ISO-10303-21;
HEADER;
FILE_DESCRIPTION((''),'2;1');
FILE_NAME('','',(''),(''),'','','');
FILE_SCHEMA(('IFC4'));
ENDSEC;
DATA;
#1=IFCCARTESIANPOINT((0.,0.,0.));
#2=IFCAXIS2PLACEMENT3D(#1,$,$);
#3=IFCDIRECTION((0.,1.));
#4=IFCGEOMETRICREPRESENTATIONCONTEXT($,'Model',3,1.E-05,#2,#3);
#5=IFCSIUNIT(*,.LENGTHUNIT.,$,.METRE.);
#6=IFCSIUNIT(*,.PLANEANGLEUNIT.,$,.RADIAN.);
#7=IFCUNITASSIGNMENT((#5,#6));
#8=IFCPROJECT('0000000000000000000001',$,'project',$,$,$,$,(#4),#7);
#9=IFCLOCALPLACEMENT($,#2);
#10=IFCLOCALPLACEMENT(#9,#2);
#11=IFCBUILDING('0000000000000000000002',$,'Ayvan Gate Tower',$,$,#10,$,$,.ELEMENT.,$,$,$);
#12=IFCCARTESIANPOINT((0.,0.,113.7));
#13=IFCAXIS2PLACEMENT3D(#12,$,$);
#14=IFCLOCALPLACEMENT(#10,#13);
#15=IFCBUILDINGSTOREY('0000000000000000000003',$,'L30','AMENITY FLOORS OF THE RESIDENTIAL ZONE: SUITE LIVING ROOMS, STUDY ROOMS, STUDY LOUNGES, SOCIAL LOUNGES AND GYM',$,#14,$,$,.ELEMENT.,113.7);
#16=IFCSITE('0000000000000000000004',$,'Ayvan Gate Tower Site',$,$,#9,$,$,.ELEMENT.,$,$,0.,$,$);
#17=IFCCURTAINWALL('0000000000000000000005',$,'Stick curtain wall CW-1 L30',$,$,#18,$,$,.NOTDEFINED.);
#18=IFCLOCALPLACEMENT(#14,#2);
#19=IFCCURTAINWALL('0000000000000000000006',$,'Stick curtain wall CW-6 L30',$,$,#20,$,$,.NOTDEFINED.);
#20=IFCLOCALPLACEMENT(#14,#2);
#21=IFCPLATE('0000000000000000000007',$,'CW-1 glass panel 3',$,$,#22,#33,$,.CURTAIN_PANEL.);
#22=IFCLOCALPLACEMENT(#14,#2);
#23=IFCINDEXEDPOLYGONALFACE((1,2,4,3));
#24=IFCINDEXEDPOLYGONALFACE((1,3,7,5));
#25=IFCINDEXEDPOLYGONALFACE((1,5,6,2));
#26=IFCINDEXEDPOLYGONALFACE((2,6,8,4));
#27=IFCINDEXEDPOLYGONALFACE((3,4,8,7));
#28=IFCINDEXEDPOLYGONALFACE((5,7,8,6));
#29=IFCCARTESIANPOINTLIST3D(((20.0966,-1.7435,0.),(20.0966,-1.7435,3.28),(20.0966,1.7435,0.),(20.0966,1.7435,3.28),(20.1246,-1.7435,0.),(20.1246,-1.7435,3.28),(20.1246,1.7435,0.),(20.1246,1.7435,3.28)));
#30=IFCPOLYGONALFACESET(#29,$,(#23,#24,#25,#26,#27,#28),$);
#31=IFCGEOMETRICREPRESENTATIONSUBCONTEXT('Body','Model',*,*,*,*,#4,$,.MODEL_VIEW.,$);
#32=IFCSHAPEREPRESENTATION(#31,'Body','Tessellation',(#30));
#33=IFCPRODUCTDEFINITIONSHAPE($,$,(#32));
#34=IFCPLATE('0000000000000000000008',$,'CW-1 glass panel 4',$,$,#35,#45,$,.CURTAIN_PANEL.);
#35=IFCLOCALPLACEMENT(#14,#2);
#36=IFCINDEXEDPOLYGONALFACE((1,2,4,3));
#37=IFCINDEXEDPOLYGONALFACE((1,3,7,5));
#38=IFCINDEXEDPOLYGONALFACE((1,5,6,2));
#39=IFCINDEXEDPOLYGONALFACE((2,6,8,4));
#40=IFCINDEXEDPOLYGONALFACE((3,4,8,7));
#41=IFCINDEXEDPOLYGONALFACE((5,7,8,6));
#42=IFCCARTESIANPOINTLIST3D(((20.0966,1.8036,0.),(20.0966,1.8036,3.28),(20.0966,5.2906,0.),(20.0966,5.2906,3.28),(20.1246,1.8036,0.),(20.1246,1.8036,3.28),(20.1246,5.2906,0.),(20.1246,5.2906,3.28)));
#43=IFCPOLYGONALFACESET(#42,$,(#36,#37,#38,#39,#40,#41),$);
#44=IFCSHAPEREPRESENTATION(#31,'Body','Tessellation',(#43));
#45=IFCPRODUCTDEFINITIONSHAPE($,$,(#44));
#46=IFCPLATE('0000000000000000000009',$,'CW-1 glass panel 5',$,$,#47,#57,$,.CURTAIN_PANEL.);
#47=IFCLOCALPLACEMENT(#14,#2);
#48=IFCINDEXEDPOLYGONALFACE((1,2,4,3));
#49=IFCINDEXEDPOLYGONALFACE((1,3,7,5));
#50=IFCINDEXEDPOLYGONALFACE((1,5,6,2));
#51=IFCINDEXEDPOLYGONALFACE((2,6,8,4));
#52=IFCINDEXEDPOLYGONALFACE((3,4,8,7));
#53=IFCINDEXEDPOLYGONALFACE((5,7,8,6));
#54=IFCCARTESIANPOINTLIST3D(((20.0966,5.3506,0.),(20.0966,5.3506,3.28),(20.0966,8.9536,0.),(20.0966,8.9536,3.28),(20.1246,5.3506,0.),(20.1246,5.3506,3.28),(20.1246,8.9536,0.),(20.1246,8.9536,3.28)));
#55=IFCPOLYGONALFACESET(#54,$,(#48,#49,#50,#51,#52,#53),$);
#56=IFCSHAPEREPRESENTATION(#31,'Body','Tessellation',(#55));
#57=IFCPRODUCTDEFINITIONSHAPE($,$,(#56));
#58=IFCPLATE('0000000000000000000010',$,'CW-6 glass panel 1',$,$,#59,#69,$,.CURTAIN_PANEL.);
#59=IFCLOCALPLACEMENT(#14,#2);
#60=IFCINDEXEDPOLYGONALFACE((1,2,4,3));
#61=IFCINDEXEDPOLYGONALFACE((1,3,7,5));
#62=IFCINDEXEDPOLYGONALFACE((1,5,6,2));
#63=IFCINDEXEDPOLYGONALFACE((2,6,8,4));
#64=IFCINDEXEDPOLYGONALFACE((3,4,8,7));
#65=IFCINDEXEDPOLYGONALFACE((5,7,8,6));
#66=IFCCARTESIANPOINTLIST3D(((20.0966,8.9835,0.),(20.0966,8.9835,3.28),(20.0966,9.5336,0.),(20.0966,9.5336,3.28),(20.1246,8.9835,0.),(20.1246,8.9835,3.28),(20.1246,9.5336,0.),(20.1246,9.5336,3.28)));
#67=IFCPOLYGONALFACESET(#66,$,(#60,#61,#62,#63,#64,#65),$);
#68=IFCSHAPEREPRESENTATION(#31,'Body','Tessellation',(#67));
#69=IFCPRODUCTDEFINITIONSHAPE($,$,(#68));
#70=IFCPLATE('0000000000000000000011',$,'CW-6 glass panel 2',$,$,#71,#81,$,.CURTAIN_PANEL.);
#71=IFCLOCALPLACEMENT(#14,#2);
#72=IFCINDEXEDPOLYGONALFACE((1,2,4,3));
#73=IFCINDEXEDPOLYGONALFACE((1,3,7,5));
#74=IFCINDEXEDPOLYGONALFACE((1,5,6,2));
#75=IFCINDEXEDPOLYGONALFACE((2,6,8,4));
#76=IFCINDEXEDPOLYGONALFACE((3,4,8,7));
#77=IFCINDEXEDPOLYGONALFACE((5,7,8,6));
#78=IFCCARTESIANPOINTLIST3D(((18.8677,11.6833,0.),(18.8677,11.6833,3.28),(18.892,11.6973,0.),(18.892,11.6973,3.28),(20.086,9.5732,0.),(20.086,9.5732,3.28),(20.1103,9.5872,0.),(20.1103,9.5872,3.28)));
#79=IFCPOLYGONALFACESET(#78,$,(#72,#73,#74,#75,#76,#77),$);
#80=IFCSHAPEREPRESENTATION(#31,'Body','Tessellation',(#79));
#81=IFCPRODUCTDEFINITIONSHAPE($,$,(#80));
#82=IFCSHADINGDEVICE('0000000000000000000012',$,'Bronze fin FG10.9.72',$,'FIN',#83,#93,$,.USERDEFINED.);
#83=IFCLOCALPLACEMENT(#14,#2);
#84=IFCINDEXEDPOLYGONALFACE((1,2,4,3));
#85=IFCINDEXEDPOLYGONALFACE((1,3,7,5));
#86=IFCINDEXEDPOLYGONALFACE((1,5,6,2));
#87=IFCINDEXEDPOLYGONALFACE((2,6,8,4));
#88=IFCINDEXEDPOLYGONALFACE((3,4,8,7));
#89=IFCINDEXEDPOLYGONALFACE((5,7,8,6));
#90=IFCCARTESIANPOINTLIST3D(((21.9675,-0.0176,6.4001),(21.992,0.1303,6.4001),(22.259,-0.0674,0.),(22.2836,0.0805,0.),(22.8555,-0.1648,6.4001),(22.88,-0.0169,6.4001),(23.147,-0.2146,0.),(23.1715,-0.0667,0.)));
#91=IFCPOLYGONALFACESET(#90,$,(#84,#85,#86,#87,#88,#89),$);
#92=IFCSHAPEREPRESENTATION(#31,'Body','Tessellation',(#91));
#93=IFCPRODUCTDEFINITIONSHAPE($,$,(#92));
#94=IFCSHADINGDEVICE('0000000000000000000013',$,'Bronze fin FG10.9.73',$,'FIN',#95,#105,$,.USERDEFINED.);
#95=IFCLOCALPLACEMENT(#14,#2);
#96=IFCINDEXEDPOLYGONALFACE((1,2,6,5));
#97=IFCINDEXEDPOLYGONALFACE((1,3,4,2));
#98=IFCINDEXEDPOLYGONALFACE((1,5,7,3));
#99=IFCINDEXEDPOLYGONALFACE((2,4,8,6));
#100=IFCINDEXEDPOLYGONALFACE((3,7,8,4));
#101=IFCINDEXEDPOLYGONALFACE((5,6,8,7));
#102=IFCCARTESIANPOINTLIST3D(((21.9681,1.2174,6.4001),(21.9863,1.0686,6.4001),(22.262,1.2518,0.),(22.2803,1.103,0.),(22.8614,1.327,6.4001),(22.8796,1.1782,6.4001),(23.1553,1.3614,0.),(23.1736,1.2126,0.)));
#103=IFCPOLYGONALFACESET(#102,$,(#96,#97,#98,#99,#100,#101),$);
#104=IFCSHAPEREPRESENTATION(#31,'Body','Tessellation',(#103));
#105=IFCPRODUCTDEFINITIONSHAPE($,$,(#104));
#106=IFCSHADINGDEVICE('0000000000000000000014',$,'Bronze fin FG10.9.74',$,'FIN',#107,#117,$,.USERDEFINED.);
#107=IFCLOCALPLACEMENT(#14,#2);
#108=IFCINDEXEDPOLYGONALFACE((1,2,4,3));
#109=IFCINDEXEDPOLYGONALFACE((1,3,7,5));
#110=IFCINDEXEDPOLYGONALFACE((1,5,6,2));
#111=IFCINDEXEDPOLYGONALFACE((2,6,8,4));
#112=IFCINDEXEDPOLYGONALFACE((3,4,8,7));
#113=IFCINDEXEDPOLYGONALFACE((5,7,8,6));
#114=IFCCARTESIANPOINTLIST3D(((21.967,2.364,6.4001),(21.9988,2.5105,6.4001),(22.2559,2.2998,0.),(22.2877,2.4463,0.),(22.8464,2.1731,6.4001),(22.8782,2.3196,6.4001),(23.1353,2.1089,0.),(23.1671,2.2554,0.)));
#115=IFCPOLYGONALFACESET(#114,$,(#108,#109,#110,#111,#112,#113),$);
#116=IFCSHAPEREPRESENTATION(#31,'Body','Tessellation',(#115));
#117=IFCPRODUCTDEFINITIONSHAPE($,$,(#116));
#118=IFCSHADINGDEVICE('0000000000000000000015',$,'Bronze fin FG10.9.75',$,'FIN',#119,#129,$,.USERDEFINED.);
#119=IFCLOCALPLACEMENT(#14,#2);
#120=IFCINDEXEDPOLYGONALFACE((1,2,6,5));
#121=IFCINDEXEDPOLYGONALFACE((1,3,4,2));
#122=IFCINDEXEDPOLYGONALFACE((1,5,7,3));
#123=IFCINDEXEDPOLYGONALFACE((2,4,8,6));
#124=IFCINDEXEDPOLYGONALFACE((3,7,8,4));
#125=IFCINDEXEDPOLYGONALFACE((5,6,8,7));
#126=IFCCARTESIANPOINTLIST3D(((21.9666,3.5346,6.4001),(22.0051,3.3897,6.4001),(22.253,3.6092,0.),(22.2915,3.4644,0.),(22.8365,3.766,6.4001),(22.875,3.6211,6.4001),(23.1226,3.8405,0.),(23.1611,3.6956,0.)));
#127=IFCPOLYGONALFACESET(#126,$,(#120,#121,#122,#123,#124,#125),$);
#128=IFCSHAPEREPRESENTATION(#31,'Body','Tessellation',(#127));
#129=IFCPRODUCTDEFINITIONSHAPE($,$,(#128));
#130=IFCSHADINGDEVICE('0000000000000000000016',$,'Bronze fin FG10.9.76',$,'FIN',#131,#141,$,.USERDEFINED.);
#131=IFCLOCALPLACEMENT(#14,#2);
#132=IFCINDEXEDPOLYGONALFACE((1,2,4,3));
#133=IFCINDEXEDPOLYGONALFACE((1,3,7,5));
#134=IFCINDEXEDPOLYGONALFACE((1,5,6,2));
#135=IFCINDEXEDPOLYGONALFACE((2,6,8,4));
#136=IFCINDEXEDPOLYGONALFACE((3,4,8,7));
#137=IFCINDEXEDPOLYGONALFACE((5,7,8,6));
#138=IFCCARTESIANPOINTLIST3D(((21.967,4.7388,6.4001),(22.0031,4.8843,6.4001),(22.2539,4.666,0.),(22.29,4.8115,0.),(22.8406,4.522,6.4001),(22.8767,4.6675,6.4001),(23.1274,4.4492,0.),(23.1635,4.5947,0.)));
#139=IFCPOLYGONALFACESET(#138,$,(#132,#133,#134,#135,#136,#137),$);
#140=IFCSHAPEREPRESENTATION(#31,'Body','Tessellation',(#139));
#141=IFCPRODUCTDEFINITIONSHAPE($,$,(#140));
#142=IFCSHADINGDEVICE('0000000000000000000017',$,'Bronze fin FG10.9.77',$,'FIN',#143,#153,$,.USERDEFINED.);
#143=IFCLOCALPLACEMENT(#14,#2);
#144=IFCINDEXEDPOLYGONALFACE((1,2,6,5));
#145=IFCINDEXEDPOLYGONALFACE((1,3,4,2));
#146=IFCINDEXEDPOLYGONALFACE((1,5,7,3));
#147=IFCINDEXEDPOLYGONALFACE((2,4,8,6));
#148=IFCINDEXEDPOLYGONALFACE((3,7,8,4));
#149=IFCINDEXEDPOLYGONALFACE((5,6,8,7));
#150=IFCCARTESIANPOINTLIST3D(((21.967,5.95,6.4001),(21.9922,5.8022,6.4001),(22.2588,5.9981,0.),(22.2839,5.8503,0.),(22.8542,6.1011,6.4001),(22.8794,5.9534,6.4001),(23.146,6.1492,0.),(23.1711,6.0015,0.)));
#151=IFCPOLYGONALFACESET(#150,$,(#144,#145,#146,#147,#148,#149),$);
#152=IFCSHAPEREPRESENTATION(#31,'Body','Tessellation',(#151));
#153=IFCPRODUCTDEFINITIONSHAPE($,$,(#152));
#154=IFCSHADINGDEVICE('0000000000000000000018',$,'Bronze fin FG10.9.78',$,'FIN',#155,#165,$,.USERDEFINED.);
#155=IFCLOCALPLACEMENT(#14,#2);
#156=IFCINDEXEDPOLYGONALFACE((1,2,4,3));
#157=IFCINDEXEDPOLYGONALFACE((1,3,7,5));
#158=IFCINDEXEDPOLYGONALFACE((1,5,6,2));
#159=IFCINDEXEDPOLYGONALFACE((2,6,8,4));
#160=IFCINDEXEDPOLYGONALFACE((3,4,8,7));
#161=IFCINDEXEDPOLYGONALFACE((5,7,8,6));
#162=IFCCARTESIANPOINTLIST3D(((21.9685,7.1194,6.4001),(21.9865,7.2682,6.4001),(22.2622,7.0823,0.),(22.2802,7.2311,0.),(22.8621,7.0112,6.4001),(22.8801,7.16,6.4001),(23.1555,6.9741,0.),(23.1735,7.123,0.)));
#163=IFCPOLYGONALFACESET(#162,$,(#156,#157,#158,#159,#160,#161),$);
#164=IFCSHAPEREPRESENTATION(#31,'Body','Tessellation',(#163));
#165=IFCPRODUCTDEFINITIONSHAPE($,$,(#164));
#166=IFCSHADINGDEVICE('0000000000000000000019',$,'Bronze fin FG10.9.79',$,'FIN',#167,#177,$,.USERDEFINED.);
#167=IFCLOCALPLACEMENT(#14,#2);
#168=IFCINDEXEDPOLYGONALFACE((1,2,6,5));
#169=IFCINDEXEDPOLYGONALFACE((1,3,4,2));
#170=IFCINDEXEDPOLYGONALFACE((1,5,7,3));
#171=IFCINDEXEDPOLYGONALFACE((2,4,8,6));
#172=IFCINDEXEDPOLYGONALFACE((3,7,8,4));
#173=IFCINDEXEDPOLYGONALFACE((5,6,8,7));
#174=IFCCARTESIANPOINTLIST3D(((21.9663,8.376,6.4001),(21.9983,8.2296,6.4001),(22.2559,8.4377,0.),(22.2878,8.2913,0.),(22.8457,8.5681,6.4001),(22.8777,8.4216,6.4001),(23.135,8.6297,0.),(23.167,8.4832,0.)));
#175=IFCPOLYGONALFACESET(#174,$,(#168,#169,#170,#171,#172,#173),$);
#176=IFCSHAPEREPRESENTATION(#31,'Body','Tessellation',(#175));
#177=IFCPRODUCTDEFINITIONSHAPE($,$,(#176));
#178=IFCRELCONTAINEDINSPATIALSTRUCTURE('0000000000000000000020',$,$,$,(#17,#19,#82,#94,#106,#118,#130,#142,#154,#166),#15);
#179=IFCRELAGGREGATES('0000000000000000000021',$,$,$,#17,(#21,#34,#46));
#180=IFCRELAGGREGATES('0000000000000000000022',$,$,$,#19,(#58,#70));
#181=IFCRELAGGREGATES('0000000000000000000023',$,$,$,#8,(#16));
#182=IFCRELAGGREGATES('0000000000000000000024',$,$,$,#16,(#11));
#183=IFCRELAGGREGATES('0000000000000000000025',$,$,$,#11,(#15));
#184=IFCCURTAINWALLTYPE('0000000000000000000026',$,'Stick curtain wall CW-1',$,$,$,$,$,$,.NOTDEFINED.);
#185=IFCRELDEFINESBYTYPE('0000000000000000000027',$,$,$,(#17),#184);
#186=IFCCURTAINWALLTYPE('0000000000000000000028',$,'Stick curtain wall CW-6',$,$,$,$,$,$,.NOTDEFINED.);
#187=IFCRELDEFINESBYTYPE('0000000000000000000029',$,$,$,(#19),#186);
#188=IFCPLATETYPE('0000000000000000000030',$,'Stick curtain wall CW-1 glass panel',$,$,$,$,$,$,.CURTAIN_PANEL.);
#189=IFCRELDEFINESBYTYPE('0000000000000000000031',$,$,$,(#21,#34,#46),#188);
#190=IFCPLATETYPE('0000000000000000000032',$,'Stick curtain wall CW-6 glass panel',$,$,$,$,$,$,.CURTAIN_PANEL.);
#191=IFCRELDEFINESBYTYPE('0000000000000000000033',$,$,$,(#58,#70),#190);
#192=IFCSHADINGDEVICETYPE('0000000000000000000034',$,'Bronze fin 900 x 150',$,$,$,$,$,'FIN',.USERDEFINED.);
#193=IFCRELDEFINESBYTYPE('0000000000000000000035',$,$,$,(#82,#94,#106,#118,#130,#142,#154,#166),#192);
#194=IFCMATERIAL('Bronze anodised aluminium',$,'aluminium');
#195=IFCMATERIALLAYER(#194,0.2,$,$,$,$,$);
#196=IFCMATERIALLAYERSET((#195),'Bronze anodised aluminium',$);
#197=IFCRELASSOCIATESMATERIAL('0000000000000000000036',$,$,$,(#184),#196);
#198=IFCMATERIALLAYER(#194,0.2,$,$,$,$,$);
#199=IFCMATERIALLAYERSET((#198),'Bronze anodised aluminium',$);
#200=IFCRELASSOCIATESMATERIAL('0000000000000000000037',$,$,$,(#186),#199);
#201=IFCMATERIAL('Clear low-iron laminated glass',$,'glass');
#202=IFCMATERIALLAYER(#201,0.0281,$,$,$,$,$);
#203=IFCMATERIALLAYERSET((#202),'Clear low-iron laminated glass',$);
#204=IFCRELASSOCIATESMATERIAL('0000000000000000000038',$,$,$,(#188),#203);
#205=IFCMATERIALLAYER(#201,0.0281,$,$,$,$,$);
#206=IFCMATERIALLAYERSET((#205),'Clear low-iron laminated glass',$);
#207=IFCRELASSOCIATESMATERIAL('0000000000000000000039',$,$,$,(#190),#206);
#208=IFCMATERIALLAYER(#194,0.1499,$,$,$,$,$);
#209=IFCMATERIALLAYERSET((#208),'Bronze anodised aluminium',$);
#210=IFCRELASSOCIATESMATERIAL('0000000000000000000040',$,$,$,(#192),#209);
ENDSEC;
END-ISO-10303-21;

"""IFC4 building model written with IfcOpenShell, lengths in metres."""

from ifc_helpers import new_model, si_unit, direction, frame, origin, origin_2d, place, context, subcontext, project, spatial, polyline, rectangle, outline, extrude, material, layer, layer_set, type_object, element, aggregate, save


model = new_model("IFC4")

# Units and contexts
model_context = context("Model", 3, precision=1e-05, world=origin(), true_north=direction((0.0, 1.0)))
body_context = subcontext(model_context, "Body", "Model", "MODEL_VIEW")
ifc_project = project(units=[si_unit("LENGTHUNIT", "METRE"), si_unit("PLANEANGLEUNIT", "RADIAN")], contexts=[model_context])

# Site, building, storey
site_placement = place(None, origin())
site = spatial("IfcSite", under=ifc_project, at=site_placement, Name="Ayvan Gate Tower Site", CompositionType="ELEMENT", RefElevation=0.0)
building_placement = place(site_placement, origin())
building = spatial("IfcBuilding", under=site, at=building_placement, Name="Ayvan Gate Tower", CompositionType="ELEMENT")
storey_placement = place(building_placement, frame((0.0, 0.0, 113.7)))
storey = spatial("IfcBuildingStorey", under=building, at=storey_placement, Name="L30", Description="AMENITY FLOORS OF THE RESIDENTIAL ZONE: SUITE LIVING ROOMS, STUDY ROOMS, STUDY LOUNGES, SOCIAL LOUNGES AND GYM", CompositionType="ELEMENT", Elevation=113.7)

# Curtain walls
ifc_material_1 = material(Name="Bronze anodised aluminium", Category="aluminium")
ifc_layer_1 = layer(ifc_material_1, 0.2)
ifc_layer_set_1 = layer_set([ifc_layer_1], Name="Bronze anodised aluminium")
curtain_wall_type_1 = type_object("IfcCurtainWallType", Name="Stick curtain wall CW-1", PredefinedType="NOTDEFINED", material=ifc_layer_set_1)
curtain_wall_1_placement = place(storey_placement, origin())
curtain_wall_1 = element("IfcCurtainWall", 1, at=curtain_wall_1_placement, inside=storey, type_object=curtain_wall_type_1, Name="Stick curtain wall CW-1 L30", PredefinedType="NOTDEFINED")
ifc_layer_2 = layer(ifc_material_1, 0.2)
ifc_layer_set_2 = layer_set([ifc_layer_2], Name="Bronze anodised aluminium")
curtain_wall_type_2 = type_object("IfcCurtainWallType", Name="Stick curtain wall CW-6", PredefinedType="NOTDEFINED", material=ifc_layer_set_2)
curtain_wall_2_placement = place(storey_placement, origin())
curtain_wall_2 = element("IfcCurtainWall", 2, at=curtain_wall_2_placement, inside=storey, type_object=curtain_wall_type_2, Name="Stick curtain wall CW-6 L30", PredefinedType="NOTDEFINED")

# Plates
ifc_material_2 = material(Name="Clear low-iron laminated glass", Category="glass")
ifc_layer_3 = layer(ifc_material_2, 0.0281)
ifc_layer_set_3 = layer_set([ifc_layer_3], Name="Clear low-iron laminated glass")
plate_type_1 = type_object("IfcPlateType", Name="Stick curtain wall CW-1 glass panel", PredefinedType="CURTAIN_PANEL", material=ifc_layer_set_3)
plate_1_placement = place(storey_placement, frame((20.1106, 0.0, 0.0), z_axis=(0.0, 0.0, 1.0), x_axis=(0.0, 1.0, 0.0)))
plate_1 = element("IfcPlate", 3, at=plate_1_placement, type_object=plate_type_1, Name="CW-1 glass panel 3", PredefinedType="CURTAIN_PANEL", context=body_context, shape_type="SweptSolid", body=[
    extrude(rectangle(XDim=3.4871, YDim=0.0281, at=origin_2d()), origin(), (0.0, 0.0, 1.0), 3.28),
])
plate_2_placement = place(storey_placement, frame((20.1106, 3.5471, 0.0), z_axis=(0.0, 0.0, 1.0), x_axis=(0.0, 1.0, 0.0)))
plate_2 = element("IfcPlate", 4, at=plate_2_placement, type_object=plate_type_1, Name="CW-1 glass panel 4", PredefinedType="CURTAIN_PANEL", context=body_context, shape_type="SweptSolid", body=[
    extrude(rectangle(XDim=3.4871, YDim=0.0281, at=origin_2d()), origin(), (0.0, 0.0, 1.0), 3.28),
])
plate_3_placement = place(storey_placement, frame((20.1106, 7.1521, 0.0), z_axis=(0.0, 0.0, 1.0), x_axis=(0.0, 1.0, 0.0)))
plate_3 = element("IfcPlate", 5, at=plate_3_placement, type_object=plate_type_1, Name="CW-1 glass panel 5", PredefinedType="CURTAIN_PANEL", context=body_context, shape_type="SweptSolid", body=[
    extrude(rectangle(XDim=3.603, YDim=0.0281, at=origin_2d()), origin(), (0.0, 0.0, 1.0), 3.28),
])
aggregate(curtain_wall_1, [plate_1, plate_2, plate_3])
ifc_layer_4 = layer(ifc_material_2, 0.0281)
ifc_layer_set_4 = layer_set([ifc_layer_4], Name="Clear low-iron laminated glass")
plate_type_2 = type_object("IfcPlateType", Name="Stick curtain wall CW-6 glass panel", PredefinedType="CURTAIN_PANEL", material=ifc_layer_set_4)
plate_4_placement = place(storey_placement, frame((20.1106, 9.2585, 0.0), z_axis=(0.0, 0.0, 1.0), x_axis=(0.0, 1.0, 0.0)))
plate_4 = element("IfcPlate", 6, at=plate_4_placement, type_object=plate_type_2, Name="CW-6 glass panel 1", PredefinedType="CURTAIN_PANEL", context=body_context, shape_type="SweptSolid", body=[
    extrude(rectangle(XDim=0.55, YDim=0.0281, at=origin_2d()), origin(), (0.0, 0.0, 1.0), 3.28),
])
plate_5_placement = place(storey_placement, frame((19.489, 10.6353, 0.0), z_axis=(0.0, 0.0, 1.0), x_axis=(-0.5, 0.866025, 0.0)))
plate_5 = element("IfcPlate", 7, at=plate_5_placement, type_object=plate_type_2, Name="CW-6 glass panel 2", PredefinedType="CURTAIN_PANEL", context=body_context, shape_type="SweptSolid", body=[
    extrude(rectangle(XDim=2.4365, YDim=0.0281, at=origin_2d()), origin(), (0.0, 0.0, 1.0), 3.28),
])
aggregate(curtain_wall_2, [plate_4, plate_5])

# Shading devices
ifc_layer_5 = layer(ifc_material_1, 0.1499)
ifc_layer_set_5 = layer_set([ifc_layer_5], Name="Bronze anodised aluminium")
shading_device_type = type_object("IfcShadingDeviceType", Name="Bronze fin 900 x 150", ElementType="FIN", PredefinedType="USERDEFINED", material=ifc_layer_set_5)
shading_device_1_placement = place(storey_placement, frame((22.259, -0.0674, 0.0), z_axis=(-0.163563, -0.986533, 0.000227), x_axis=(0.986533, -0.163563, 0.0)))
element("IfcShadingDevice", 8, at=shading_device_1_placement, inside=storey, type_object=shading_device_type, Name="Bronze fin FG10.9.72", ObjectType="FIN", PredefinedType="USERDEFINED", context=body_context, shape_type="SweptSolid", body=[
    extrude(outline(polyline([(0.0, 0.0), (0.9001, 0.0), (0.6043, 6.4001), (-0.2957, 6.4001), (0.0, 0.0)])), origin(), (0.0, 0.0, -1.0), 0.1499),
])
shading_device_2_placement = place(storey_placement, frame((22.2803, 1.103, 0.0), z_axis=(0.121798, -0.992555, 0.000255), x_axis=(0.992555, 0.121798, 0.0)))
element("IfcShadingDevice", 9, at=shading_device_2_placement, inside=storey, type_object=shading_device_type, Name="Bronze fin FG10.9.73", ObjectType="FIN", PredefinedType="USERDEFINED", context=body_context, shape_type="SweptSolid", body=[
    extrude(outline(polyline([(0.0, 0.0), (0.9, 0.0), (0.6041, 6.4001), (-0.2959, 6.4001), (0.0, 0.0)])), origin(), (0.0, 0.0, -1.0), 0.1499),
])
shading_device_3_placement = place(storey_placement, frame((22.2559, 2.2998, 0.0), z_axis=(-0.212159, -0.977235, 0.00023), x_axis=(0.977235, -0.212159, 0.0)))
element("IfcShadingDevice", 10, at=shading_device_3_placement, inside=storey, type_object=shading_device_type, Name="Bronze fin FG10.9.74", ObjectType="FIN", PredefinedType="USERDEFINED", context=body_context, shape_type="SweptSolid", body=[
    extrude(outline(polyline([(0.0, 0.0), (0.8999, 0.0), (0.604, 6.4001), (-0.2959, 6.4001), (0.0, 0.0)])), origin(), (0.0, 0.0, -1.0), 0.1499),
])
shading_device_4_placement = place(storey_placement, frame((22.2915, 3.4644, 0.0), z_axis=(0.257029, -0.966404, 0.000234), x_axis=(0.966404, 0.257029, 0.0)))
element("IfcShadingDevice", 11, at=shading_device_4_placement, inside=storey, type_object=shading_device_type, Name="Bronze fin FG10.9.75", ObjectType="FIN", PredefinedType="USERDEFINED", context=body_context, shape_type="SweptSolid", body=[
    extrude(outline(polyline([(0.0, 0.0), (0.8998, 0.0), (0.6042, 6.4001), (-0.296, 6.4001), (0.0, 0.0)])), origin(), (0.0, 0.0, -1.0), 0.1499),
])
shading_device_5_placement = place(storey_placement, frame((22.2539, 4.666, 0.0), z_axis=(-0.240876, -0.970556, 0.000236), x_axis=(0.970556, -0.240876, 0.0)))
element("IfcShadingDevice", 12, at=shading_device_5_placement, inside=storey, type_object=shading_device_type, Name="Bronze fin FG10.9.76", ObjectType="FIN", PredefinedType="USERDEFINED", context=body_context, shape_type="SweptSolid", body=[
    extrude(outline(polyline([(0.0, 0.0), (0.9, 0.0), (0.6041, 6.4001), (-0.2959, 6.4001), (0.0, 0.0)])), origin(), (0.0, 0.0, -1.0), 0.1499),
])
shading_device_6_placement = place(storey_placement, frame((22.2839, 5.8503, 0.0), z_axis=(0.167917, -0.985801, 0.000246), x_axis=(0.985801, 0.167917, 0.0)))
element("IfcShadingDevice", 13, at=shading_device_6_placement, inside=storey, type_object=shading_device_type, Name="Bronze fin FG10.9.77", ObjectType="FIN", PredefinedType="USERDEFINED", context=body_context, shape_type="SweptSolid", body=[
    extrude(outline(polyline([(0.0, 0.0), (0.9, 0.0), (0.6043, 6.4001), (-0.2957, 6.4001), (0.0, 0.0)])), origin(), (0.0, 0.0, -1.0), 0.1499),
])
shading_device_7_placement = place(storey_placement, frame((22.2622, 7.0823, 0.0), z_axis=(-0.120177, -0.992752, 0.000244), x_axis=(0.992752, -0.120177, 0.0)))
element("IfcShadingDevice", 14, at=shading_device_7_placement, inside=storey, type_object=shading_device_type, Name="Bronze fin FG10.9.78", ObjectType="FIN", PredefinedType="USERDEFINED", context=body_context, shape_type="SweptSolid", body=[
    extrude(outline(polyline([(0.0, 0.0), (0.8998, 0.0), (0.604, 6.4001), (-0.296, 6.4001), (0.0, 0.0)])), origin(), (0.0, 0.0, -1.0), 0.1499),
])
shading_device_8_placement = place(storey_placement, frame((22.2878, 8.2913, 0.0), z_axis=(0.213353, -0.976975, 0.000238), x_axis=(0.976975, 0.213353, 0.0)))
element("IfcShadingDevice", 15, at=shading_device_8_placement, inside=storey, type_object=shading_device_type, Name="Bronze fin FG10.9.79", ObjectType="FIN", PredefinedType="USERDEFINED", context=body_context, shape_type="SweptSolid", body=[
    extrude(outline(polyline([(0.0, 0.0), (0.8998, 0.0), (0.6041, 6.4001), (-0.2961, 6.4001), (0.0, 0.0)])), origin(), (0.0, 0.0, -1.0), 0.1499),
])

save(model, "model.ifc")
